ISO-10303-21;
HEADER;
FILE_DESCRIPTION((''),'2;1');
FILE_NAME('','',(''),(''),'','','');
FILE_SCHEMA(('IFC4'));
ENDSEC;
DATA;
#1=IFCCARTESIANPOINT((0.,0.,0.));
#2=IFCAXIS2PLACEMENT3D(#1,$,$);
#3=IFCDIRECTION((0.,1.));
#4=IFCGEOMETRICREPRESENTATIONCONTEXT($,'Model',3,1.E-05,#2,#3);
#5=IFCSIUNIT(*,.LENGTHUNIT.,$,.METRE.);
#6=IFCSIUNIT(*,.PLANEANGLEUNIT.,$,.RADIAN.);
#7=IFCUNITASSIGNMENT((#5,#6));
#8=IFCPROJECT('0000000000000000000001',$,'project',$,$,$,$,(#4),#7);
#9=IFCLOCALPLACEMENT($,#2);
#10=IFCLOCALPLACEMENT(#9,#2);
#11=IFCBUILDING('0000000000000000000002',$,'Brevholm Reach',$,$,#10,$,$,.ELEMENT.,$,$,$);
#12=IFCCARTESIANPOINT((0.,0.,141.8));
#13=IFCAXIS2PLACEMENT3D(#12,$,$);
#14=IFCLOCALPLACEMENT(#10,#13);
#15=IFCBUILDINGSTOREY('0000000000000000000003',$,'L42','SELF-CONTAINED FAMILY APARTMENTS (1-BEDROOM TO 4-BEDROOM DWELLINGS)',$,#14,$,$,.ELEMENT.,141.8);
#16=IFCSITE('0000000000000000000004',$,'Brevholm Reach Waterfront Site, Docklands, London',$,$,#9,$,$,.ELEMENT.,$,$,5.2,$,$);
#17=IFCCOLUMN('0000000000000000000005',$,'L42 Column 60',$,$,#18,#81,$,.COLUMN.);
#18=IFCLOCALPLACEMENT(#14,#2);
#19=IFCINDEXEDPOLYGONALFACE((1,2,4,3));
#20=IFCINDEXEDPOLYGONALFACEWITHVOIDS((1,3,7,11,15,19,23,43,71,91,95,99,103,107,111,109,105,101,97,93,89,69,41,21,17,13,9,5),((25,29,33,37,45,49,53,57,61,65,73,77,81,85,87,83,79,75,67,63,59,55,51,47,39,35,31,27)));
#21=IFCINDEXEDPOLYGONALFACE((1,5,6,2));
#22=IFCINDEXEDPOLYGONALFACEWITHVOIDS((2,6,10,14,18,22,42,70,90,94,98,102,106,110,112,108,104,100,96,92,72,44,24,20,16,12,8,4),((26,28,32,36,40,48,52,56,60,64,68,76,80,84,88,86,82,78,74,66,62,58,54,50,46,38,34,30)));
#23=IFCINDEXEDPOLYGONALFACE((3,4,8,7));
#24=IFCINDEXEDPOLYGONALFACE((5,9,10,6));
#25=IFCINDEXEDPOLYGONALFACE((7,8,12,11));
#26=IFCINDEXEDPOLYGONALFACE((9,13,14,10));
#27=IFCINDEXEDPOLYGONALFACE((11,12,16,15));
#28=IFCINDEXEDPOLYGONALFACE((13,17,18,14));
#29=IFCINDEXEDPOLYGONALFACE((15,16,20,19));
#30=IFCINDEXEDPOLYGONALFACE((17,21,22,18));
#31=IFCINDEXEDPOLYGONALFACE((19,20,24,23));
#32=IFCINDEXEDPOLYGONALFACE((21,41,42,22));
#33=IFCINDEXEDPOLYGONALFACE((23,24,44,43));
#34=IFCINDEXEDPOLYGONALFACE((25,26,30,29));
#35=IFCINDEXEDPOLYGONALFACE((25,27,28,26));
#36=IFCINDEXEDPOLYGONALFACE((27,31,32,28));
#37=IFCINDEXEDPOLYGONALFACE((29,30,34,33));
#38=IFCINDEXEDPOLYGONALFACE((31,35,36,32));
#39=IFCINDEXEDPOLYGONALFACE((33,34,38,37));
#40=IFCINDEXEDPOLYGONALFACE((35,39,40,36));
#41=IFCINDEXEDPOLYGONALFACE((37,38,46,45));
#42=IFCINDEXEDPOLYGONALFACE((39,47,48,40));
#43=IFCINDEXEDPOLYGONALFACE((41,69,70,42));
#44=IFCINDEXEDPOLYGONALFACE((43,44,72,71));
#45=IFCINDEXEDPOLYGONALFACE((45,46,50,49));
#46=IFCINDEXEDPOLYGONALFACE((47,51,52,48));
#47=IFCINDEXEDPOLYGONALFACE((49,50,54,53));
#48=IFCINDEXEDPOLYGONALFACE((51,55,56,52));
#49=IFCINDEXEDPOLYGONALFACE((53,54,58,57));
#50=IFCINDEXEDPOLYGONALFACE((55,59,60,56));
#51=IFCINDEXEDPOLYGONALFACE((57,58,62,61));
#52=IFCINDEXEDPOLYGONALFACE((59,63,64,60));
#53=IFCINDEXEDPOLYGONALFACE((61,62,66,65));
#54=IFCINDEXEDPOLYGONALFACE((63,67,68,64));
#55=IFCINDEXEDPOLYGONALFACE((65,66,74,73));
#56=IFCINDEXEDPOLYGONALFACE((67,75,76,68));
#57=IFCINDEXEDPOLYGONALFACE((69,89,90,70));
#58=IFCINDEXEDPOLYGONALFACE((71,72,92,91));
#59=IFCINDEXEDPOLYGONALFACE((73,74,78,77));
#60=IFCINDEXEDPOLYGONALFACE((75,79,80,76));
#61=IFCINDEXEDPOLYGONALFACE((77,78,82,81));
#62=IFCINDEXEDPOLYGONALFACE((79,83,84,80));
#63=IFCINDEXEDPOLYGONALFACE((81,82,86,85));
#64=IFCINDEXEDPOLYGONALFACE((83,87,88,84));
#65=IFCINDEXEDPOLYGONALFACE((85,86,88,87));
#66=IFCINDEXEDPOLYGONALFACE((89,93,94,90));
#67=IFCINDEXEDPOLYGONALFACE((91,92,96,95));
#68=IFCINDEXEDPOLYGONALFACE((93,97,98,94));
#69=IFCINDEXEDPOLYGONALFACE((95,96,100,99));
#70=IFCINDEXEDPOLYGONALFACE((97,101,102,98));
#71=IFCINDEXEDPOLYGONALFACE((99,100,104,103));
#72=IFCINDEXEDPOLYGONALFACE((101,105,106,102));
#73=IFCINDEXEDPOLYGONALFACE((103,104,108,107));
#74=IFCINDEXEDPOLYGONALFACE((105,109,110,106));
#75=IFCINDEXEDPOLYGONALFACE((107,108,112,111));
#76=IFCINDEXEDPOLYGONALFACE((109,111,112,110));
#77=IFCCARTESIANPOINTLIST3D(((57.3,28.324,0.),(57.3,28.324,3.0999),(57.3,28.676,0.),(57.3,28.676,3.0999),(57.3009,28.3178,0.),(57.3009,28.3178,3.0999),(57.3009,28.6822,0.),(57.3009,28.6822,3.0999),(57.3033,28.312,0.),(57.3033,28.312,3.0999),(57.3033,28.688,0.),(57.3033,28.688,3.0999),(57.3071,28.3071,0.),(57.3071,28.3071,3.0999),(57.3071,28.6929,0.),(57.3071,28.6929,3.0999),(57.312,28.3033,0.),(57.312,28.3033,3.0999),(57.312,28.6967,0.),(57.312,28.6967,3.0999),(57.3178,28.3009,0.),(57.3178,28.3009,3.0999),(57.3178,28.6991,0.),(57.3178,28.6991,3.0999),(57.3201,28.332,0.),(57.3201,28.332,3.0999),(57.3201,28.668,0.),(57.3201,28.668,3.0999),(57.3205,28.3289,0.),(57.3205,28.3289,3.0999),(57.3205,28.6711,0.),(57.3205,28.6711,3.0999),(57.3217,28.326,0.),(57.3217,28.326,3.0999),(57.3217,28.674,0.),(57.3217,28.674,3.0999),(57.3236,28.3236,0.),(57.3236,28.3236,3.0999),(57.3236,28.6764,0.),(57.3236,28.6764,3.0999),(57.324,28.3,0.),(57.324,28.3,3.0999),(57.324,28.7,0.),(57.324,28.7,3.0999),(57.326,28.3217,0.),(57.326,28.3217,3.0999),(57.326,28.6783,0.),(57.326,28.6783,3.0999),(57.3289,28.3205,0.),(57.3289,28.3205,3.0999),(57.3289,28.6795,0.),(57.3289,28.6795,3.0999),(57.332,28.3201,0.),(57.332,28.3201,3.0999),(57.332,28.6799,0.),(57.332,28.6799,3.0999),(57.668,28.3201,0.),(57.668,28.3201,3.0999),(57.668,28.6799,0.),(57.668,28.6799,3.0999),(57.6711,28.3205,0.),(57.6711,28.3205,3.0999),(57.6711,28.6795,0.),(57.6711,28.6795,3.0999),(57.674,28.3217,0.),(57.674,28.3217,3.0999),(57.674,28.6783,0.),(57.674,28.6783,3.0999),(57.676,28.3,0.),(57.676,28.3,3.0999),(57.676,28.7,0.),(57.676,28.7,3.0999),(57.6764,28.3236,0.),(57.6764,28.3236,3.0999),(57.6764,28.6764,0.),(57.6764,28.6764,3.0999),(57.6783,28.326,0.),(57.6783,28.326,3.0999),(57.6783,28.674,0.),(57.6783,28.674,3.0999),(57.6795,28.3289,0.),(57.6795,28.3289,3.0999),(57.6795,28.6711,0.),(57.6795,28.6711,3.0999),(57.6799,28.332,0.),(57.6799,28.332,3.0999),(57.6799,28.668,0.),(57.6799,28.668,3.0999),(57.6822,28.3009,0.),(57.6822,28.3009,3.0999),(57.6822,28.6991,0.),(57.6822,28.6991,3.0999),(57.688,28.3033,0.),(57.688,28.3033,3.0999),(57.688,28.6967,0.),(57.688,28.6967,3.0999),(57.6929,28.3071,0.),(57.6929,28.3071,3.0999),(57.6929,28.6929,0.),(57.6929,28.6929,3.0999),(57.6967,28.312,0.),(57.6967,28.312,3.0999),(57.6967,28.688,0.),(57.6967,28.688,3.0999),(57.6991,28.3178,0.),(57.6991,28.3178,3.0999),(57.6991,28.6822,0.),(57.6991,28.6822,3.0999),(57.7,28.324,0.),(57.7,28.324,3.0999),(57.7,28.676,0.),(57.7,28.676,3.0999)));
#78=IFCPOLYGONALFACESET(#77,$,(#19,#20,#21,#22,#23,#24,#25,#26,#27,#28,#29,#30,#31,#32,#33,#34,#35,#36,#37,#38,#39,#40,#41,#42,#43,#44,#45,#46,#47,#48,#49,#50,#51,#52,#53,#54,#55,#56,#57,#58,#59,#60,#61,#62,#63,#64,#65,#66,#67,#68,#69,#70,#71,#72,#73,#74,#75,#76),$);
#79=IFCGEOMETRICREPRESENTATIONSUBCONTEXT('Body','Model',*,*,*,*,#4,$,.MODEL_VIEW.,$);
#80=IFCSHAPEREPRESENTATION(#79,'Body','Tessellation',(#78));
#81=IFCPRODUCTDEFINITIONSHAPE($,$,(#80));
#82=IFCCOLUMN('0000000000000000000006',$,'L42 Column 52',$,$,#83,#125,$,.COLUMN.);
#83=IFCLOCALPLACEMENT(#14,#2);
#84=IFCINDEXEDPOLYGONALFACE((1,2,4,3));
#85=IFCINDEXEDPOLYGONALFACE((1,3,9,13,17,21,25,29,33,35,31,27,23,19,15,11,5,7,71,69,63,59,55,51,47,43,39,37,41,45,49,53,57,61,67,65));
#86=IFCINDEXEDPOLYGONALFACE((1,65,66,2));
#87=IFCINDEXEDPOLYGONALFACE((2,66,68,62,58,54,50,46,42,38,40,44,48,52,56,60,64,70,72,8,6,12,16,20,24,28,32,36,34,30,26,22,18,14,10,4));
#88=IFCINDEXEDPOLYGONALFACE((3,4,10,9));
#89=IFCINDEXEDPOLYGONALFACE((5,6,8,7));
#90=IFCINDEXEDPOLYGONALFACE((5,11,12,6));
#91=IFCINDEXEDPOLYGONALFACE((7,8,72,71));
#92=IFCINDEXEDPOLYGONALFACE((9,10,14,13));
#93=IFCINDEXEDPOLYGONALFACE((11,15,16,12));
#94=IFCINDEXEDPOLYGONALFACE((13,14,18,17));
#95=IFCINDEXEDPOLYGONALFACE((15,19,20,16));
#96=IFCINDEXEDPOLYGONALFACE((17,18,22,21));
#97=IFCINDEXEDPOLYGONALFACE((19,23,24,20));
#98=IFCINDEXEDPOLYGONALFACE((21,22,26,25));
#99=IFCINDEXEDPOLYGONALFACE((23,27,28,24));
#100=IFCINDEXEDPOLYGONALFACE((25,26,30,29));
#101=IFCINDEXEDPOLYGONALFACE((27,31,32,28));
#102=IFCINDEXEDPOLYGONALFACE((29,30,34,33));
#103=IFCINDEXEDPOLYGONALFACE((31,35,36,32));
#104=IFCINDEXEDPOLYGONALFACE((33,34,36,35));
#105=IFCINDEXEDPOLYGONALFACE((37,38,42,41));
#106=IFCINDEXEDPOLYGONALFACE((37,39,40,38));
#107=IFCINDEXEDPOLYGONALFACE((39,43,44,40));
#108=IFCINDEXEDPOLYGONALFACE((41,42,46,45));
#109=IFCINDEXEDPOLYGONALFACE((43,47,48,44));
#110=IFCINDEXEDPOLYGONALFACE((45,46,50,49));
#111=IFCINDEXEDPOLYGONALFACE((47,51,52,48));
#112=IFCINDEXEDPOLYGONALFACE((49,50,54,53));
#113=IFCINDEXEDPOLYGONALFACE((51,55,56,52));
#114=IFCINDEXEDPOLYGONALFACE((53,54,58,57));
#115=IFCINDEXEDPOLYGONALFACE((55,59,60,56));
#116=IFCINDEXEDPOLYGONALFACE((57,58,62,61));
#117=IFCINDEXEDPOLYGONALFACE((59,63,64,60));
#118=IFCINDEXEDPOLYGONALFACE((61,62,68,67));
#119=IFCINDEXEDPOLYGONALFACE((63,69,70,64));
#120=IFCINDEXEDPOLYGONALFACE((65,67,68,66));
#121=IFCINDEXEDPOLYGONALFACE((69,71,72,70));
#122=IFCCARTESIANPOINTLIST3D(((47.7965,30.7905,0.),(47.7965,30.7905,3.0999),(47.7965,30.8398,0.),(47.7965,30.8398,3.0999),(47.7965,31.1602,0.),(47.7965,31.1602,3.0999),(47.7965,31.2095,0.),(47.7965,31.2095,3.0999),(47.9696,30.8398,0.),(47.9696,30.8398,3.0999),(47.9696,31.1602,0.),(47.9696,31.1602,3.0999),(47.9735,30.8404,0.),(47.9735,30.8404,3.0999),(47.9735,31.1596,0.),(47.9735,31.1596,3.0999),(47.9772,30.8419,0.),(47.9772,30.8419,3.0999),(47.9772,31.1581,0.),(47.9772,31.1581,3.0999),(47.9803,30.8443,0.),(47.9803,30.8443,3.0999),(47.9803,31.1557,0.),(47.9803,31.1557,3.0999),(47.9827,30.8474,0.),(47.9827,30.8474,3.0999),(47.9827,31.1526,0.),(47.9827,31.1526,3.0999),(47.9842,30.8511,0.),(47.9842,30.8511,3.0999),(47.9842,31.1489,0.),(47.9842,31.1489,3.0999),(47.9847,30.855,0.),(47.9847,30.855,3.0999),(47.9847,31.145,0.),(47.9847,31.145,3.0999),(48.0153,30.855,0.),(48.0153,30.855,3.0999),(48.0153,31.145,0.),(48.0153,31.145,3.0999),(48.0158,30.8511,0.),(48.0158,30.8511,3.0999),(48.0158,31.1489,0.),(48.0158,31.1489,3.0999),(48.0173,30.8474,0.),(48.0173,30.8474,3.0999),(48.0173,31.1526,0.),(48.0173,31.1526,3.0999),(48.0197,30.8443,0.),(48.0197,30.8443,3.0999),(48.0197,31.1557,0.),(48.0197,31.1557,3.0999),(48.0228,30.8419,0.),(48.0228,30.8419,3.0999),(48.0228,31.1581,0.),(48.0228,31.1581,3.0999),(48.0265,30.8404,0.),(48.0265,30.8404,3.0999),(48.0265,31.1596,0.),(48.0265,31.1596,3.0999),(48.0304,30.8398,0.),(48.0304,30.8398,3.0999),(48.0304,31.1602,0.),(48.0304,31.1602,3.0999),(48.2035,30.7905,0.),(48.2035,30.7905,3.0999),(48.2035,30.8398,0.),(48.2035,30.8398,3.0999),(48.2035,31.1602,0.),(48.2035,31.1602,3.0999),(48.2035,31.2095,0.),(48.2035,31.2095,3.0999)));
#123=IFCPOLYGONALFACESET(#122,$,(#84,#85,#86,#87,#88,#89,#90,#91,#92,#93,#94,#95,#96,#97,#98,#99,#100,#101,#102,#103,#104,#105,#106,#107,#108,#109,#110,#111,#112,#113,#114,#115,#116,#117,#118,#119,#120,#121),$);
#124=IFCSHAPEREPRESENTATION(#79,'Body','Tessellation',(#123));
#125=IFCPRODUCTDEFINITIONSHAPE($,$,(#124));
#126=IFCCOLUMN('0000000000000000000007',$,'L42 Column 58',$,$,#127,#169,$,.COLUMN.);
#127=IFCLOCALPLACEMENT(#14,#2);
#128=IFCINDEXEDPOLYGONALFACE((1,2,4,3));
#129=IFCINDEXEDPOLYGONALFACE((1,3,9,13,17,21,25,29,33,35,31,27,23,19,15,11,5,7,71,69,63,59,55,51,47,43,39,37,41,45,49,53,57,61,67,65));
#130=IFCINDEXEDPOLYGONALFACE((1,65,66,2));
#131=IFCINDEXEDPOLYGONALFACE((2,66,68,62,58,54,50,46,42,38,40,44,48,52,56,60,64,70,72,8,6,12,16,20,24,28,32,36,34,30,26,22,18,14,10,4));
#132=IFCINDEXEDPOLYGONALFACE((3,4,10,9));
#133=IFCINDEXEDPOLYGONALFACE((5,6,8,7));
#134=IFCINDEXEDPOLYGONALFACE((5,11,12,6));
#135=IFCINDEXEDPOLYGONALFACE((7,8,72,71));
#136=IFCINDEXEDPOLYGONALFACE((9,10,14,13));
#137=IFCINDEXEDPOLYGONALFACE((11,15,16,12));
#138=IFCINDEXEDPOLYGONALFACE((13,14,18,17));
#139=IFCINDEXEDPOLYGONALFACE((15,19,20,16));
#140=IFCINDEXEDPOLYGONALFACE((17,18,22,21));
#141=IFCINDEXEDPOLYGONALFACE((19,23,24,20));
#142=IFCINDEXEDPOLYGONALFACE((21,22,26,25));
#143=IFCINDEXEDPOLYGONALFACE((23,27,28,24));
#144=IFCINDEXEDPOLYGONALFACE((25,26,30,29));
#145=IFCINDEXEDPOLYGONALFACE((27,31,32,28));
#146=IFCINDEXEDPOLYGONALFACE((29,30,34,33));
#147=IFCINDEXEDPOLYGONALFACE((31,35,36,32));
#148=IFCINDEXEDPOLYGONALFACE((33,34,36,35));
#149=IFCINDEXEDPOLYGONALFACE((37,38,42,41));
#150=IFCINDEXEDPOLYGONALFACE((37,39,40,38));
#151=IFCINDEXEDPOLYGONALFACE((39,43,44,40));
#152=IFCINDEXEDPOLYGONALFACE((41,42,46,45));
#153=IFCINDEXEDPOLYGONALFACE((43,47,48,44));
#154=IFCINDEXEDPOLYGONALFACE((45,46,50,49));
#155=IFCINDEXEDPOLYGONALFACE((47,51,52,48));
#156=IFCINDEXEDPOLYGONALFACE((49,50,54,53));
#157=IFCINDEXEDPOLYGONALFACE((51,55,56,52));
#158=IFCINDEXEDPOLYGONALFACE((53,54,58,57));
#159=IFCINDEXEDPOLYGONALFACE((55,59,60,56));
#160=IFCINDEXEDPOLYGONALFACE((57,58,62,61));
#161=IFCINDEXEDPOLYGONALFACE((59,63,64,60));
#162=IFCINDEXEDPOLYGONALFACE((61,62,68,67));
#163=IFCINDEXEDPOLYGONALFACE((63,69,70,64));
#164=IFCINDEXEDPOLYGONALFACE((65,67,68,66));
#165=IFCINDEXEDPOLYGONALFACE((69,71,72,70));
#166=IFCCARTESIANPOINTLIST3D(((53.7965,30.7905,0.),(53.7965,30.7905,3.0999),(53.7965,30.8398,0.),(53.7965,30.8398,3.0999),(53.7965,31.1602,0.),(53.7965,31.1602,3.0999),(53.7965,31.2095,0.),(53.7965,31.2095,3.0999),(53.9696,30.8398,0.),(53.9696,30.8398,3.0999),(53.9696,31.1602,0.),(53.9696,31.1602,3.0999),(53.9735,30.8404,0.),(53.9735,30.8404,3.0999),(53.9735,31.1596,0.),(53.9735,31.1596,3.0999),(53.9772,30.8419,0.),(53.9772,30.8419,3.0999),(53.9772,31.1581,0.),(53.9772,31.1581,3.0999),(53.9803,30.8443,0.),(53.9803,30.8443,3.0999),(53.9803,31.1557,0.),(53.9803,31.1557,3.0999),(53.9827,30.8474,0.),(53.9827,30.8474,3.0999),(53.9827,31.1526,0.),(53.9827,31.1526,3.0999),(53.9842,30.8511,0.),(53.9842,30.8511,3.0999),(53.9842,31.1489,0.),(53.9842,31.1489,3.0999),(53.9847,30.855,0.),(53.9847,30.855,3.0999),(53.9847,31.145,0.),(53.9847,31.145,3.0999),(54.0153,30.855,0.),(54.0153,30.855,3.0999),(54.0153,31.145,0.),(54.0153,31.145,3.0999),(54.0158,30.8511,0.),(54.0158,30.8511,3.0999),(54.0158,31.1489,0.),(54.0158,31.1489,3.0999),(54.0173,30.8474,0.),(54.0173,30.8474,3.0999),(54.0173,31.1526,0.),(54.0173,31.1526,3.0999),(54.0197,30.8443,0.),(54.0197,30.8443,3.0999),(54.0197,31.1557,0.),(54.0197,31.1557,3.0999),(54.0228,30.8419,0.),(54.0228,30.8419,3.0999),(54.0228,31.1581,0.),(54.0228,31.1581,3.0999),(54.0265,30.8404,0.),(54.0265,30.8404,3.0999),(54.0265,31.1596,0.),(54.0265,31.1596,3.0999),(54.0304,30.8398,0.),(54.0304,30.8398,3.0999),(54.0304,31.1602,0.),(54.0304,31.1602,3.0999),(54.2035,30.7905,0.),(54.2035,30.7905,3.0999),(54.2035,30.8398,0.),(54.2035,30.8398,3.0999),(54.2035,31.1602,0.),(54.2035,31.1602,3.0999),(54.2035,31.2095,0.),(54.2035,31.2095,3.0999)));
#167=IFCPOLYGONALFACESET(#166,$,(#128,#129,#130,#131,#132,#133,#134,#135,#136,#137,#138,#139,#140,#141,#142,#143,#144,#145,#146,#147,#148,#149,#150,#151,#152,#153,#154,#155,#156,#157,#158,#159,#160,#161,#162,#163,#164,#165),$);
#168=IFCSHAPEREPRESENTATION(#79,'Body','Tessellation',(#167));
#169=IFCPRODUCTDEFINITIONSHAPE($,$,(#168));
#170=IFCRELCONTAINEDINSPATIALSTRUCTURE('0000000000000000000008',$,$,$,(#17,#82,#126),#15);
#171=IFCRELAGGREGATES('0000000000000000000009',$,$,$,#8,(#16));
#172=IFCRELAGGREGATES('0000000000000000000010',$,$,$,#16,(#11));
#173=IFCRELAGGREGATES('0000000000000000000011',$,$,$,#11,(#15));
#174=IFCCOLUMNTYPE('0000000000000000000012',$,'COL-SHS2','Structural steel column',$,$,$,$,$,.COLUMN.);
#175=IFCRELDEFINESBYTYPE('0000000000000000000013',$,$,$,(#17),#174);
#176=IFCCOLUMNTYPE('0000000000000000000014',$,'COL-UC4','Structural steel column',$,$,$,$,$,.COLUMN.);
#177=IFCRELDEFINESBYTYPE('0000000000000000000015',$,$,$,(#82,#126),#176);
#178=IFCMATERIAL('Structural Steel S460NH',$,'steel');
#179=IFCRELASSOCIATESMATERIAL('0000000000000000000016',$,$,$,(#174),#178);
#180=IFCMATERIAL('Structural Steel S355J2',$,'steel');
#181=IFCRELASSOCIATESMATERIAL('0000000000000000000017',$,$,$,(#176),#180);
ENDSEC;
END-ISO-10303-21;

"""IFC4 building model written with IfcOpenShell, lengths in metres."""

from ifc_helpers import new_model, si_unit, direction, frame, origin, origin_2d, place, context, subcontext, project, spatial, hollow_rectangle, i_section, extrude, material, material_profile, profile_set, type_object, element, save


model = new_model("IFC4")

# Units and contexts
model_context = context("Model", 3, precision=1e-05, world=origin(), true_north=direction((0.0, 1.0)))
body_context = subcontext(model_context, "Body", "Model", "MODEL_VIEW")
ifc_project = project(units=[si_unit("LENGTHUNIT", "METRE"), si_unit("PLANEANGLEUNIT", "RADIAN")], contexts=[model_context])

# Site, building, storey
site_placement = place(None, origin())
site = spatial("IfcSite", under=ifc_project, at=site_placement, Name="Brevholm Reach Waterfront Site, Docklands, London", CompositionType="ELEMENT", RefElevation=5.2)
building_placement = place(site_placement, origin())
building = spatial("IfcBuilding", under=site, at=building_placement, Name="Brevholm Reach", CompositionType="ELEMENT")
storey_placement = place(building_placement, frame((0.0, 0.0, 141.8)))
storey = spatial("IfcBuildingStorey", under=building, at=storey_placement, Name="L42", Description="SELF-CONTAINED FAMILY APARTMENTS (1-BEDROOM TO 4-BEDROOM DWELLINGS)", CompositionType="ELEMENT", Elevation=141.8)

# Columns
ifc_material_1 = material(Name="Structural Steel S460NH", Category="steel")
ifc_material_profile_1 = material_profile(ifc_material_1, hollow_rectangle(XDim=0.3999, YDim=0.3999, WallThickness=0.02, InnerFilletRadius=0.012, OuterFilletRadius=0.0239, at=origin_2d()), Name="SHS 400x400x20")
ifc_profile_set_1 = profile_set([ifc_material_profile_1], Name="Structural Steel S460NH")
column_type_1 = type_object("IfcColumnType", Name="COL-SHS2", Description="Structural steel column", PredefinedType="COLUMN", material=ifc_profile_set_1)
column_placement = place(storey_placement, frame((57.5, 28.5, 0.0), z_axis=(0.0, 0.0, 1.0), x_axis=(1.0, 0.0, 0.0)))
element("IfcColumn", 1, at=column_placement, inside=storey, type_object=column_type_1, Name="L42 Column 60", PredefinedType="COLUMN", context=body_context, shape_type="SweptSolid", body=[
    extrude(hollow_rectangle(XDim=0.3999, YDim=0.3999, WallThickness=0.02, InnerFilletRadius=0.012, OuterFilletRadius=0.0239, at=origin_2d()), origin(), (0.0, 0.0, 1.0), 3.0999),
])
ifc_material_2 = material(Name="Structural Steel S355J2", Category="steel")
ifc_material_profile_2 = material_profile(ifc_material_2, i_section(OverallWidth=0.407, OverallDepth=0.4189, WebThickness=0.0305, FlangeThickness=0.0493, FilletRadius=0.0151, at=origin_2d()), Name="UKC 356x406x393")
ifc_profile_set_2 = profile_set([ifc_material_profile_2], Name="Structural Steel S355J2")
column_type_2 = type_object("IfcColumnType", Name="COL-UC4", Description="Structural steel column", PredefinedType="COLUMN", material=ifc_profile_set_2)
for number, where, z_axis, x_axis, name in (
    (2, (48.0, 31.0, 0.0), (0.0, 0.0, 1.0), (1.0, 0.0, 0.0), "L42 Column 52"),
    (3, (54.0, 31.0, 0.0), (0.0, 0.0, 1.0), (1.0, 0.0, 0.0), "L42 Column 58"),
):
    element("IfcColumn", number, at=place(storey_placement, frame(where, z_axis=z_axis, x_axis=x_axis)), inside=storey, type_object=column_type_2, Name=name, PredefinedType="COLUMN", context=body_context, shape_type="SweptSolid", body=[
        extrude(i_section(OverallWidth=0.407, OverallDepth=0.4189, WebThickness=0.0305, FlangeThickness=0.0493, FilletRadius=0.0151, at=origin_2d()), origin(), (0.0, 0.0, 1.0), 3.0999),
    ])

save(model, "model.ifc")
